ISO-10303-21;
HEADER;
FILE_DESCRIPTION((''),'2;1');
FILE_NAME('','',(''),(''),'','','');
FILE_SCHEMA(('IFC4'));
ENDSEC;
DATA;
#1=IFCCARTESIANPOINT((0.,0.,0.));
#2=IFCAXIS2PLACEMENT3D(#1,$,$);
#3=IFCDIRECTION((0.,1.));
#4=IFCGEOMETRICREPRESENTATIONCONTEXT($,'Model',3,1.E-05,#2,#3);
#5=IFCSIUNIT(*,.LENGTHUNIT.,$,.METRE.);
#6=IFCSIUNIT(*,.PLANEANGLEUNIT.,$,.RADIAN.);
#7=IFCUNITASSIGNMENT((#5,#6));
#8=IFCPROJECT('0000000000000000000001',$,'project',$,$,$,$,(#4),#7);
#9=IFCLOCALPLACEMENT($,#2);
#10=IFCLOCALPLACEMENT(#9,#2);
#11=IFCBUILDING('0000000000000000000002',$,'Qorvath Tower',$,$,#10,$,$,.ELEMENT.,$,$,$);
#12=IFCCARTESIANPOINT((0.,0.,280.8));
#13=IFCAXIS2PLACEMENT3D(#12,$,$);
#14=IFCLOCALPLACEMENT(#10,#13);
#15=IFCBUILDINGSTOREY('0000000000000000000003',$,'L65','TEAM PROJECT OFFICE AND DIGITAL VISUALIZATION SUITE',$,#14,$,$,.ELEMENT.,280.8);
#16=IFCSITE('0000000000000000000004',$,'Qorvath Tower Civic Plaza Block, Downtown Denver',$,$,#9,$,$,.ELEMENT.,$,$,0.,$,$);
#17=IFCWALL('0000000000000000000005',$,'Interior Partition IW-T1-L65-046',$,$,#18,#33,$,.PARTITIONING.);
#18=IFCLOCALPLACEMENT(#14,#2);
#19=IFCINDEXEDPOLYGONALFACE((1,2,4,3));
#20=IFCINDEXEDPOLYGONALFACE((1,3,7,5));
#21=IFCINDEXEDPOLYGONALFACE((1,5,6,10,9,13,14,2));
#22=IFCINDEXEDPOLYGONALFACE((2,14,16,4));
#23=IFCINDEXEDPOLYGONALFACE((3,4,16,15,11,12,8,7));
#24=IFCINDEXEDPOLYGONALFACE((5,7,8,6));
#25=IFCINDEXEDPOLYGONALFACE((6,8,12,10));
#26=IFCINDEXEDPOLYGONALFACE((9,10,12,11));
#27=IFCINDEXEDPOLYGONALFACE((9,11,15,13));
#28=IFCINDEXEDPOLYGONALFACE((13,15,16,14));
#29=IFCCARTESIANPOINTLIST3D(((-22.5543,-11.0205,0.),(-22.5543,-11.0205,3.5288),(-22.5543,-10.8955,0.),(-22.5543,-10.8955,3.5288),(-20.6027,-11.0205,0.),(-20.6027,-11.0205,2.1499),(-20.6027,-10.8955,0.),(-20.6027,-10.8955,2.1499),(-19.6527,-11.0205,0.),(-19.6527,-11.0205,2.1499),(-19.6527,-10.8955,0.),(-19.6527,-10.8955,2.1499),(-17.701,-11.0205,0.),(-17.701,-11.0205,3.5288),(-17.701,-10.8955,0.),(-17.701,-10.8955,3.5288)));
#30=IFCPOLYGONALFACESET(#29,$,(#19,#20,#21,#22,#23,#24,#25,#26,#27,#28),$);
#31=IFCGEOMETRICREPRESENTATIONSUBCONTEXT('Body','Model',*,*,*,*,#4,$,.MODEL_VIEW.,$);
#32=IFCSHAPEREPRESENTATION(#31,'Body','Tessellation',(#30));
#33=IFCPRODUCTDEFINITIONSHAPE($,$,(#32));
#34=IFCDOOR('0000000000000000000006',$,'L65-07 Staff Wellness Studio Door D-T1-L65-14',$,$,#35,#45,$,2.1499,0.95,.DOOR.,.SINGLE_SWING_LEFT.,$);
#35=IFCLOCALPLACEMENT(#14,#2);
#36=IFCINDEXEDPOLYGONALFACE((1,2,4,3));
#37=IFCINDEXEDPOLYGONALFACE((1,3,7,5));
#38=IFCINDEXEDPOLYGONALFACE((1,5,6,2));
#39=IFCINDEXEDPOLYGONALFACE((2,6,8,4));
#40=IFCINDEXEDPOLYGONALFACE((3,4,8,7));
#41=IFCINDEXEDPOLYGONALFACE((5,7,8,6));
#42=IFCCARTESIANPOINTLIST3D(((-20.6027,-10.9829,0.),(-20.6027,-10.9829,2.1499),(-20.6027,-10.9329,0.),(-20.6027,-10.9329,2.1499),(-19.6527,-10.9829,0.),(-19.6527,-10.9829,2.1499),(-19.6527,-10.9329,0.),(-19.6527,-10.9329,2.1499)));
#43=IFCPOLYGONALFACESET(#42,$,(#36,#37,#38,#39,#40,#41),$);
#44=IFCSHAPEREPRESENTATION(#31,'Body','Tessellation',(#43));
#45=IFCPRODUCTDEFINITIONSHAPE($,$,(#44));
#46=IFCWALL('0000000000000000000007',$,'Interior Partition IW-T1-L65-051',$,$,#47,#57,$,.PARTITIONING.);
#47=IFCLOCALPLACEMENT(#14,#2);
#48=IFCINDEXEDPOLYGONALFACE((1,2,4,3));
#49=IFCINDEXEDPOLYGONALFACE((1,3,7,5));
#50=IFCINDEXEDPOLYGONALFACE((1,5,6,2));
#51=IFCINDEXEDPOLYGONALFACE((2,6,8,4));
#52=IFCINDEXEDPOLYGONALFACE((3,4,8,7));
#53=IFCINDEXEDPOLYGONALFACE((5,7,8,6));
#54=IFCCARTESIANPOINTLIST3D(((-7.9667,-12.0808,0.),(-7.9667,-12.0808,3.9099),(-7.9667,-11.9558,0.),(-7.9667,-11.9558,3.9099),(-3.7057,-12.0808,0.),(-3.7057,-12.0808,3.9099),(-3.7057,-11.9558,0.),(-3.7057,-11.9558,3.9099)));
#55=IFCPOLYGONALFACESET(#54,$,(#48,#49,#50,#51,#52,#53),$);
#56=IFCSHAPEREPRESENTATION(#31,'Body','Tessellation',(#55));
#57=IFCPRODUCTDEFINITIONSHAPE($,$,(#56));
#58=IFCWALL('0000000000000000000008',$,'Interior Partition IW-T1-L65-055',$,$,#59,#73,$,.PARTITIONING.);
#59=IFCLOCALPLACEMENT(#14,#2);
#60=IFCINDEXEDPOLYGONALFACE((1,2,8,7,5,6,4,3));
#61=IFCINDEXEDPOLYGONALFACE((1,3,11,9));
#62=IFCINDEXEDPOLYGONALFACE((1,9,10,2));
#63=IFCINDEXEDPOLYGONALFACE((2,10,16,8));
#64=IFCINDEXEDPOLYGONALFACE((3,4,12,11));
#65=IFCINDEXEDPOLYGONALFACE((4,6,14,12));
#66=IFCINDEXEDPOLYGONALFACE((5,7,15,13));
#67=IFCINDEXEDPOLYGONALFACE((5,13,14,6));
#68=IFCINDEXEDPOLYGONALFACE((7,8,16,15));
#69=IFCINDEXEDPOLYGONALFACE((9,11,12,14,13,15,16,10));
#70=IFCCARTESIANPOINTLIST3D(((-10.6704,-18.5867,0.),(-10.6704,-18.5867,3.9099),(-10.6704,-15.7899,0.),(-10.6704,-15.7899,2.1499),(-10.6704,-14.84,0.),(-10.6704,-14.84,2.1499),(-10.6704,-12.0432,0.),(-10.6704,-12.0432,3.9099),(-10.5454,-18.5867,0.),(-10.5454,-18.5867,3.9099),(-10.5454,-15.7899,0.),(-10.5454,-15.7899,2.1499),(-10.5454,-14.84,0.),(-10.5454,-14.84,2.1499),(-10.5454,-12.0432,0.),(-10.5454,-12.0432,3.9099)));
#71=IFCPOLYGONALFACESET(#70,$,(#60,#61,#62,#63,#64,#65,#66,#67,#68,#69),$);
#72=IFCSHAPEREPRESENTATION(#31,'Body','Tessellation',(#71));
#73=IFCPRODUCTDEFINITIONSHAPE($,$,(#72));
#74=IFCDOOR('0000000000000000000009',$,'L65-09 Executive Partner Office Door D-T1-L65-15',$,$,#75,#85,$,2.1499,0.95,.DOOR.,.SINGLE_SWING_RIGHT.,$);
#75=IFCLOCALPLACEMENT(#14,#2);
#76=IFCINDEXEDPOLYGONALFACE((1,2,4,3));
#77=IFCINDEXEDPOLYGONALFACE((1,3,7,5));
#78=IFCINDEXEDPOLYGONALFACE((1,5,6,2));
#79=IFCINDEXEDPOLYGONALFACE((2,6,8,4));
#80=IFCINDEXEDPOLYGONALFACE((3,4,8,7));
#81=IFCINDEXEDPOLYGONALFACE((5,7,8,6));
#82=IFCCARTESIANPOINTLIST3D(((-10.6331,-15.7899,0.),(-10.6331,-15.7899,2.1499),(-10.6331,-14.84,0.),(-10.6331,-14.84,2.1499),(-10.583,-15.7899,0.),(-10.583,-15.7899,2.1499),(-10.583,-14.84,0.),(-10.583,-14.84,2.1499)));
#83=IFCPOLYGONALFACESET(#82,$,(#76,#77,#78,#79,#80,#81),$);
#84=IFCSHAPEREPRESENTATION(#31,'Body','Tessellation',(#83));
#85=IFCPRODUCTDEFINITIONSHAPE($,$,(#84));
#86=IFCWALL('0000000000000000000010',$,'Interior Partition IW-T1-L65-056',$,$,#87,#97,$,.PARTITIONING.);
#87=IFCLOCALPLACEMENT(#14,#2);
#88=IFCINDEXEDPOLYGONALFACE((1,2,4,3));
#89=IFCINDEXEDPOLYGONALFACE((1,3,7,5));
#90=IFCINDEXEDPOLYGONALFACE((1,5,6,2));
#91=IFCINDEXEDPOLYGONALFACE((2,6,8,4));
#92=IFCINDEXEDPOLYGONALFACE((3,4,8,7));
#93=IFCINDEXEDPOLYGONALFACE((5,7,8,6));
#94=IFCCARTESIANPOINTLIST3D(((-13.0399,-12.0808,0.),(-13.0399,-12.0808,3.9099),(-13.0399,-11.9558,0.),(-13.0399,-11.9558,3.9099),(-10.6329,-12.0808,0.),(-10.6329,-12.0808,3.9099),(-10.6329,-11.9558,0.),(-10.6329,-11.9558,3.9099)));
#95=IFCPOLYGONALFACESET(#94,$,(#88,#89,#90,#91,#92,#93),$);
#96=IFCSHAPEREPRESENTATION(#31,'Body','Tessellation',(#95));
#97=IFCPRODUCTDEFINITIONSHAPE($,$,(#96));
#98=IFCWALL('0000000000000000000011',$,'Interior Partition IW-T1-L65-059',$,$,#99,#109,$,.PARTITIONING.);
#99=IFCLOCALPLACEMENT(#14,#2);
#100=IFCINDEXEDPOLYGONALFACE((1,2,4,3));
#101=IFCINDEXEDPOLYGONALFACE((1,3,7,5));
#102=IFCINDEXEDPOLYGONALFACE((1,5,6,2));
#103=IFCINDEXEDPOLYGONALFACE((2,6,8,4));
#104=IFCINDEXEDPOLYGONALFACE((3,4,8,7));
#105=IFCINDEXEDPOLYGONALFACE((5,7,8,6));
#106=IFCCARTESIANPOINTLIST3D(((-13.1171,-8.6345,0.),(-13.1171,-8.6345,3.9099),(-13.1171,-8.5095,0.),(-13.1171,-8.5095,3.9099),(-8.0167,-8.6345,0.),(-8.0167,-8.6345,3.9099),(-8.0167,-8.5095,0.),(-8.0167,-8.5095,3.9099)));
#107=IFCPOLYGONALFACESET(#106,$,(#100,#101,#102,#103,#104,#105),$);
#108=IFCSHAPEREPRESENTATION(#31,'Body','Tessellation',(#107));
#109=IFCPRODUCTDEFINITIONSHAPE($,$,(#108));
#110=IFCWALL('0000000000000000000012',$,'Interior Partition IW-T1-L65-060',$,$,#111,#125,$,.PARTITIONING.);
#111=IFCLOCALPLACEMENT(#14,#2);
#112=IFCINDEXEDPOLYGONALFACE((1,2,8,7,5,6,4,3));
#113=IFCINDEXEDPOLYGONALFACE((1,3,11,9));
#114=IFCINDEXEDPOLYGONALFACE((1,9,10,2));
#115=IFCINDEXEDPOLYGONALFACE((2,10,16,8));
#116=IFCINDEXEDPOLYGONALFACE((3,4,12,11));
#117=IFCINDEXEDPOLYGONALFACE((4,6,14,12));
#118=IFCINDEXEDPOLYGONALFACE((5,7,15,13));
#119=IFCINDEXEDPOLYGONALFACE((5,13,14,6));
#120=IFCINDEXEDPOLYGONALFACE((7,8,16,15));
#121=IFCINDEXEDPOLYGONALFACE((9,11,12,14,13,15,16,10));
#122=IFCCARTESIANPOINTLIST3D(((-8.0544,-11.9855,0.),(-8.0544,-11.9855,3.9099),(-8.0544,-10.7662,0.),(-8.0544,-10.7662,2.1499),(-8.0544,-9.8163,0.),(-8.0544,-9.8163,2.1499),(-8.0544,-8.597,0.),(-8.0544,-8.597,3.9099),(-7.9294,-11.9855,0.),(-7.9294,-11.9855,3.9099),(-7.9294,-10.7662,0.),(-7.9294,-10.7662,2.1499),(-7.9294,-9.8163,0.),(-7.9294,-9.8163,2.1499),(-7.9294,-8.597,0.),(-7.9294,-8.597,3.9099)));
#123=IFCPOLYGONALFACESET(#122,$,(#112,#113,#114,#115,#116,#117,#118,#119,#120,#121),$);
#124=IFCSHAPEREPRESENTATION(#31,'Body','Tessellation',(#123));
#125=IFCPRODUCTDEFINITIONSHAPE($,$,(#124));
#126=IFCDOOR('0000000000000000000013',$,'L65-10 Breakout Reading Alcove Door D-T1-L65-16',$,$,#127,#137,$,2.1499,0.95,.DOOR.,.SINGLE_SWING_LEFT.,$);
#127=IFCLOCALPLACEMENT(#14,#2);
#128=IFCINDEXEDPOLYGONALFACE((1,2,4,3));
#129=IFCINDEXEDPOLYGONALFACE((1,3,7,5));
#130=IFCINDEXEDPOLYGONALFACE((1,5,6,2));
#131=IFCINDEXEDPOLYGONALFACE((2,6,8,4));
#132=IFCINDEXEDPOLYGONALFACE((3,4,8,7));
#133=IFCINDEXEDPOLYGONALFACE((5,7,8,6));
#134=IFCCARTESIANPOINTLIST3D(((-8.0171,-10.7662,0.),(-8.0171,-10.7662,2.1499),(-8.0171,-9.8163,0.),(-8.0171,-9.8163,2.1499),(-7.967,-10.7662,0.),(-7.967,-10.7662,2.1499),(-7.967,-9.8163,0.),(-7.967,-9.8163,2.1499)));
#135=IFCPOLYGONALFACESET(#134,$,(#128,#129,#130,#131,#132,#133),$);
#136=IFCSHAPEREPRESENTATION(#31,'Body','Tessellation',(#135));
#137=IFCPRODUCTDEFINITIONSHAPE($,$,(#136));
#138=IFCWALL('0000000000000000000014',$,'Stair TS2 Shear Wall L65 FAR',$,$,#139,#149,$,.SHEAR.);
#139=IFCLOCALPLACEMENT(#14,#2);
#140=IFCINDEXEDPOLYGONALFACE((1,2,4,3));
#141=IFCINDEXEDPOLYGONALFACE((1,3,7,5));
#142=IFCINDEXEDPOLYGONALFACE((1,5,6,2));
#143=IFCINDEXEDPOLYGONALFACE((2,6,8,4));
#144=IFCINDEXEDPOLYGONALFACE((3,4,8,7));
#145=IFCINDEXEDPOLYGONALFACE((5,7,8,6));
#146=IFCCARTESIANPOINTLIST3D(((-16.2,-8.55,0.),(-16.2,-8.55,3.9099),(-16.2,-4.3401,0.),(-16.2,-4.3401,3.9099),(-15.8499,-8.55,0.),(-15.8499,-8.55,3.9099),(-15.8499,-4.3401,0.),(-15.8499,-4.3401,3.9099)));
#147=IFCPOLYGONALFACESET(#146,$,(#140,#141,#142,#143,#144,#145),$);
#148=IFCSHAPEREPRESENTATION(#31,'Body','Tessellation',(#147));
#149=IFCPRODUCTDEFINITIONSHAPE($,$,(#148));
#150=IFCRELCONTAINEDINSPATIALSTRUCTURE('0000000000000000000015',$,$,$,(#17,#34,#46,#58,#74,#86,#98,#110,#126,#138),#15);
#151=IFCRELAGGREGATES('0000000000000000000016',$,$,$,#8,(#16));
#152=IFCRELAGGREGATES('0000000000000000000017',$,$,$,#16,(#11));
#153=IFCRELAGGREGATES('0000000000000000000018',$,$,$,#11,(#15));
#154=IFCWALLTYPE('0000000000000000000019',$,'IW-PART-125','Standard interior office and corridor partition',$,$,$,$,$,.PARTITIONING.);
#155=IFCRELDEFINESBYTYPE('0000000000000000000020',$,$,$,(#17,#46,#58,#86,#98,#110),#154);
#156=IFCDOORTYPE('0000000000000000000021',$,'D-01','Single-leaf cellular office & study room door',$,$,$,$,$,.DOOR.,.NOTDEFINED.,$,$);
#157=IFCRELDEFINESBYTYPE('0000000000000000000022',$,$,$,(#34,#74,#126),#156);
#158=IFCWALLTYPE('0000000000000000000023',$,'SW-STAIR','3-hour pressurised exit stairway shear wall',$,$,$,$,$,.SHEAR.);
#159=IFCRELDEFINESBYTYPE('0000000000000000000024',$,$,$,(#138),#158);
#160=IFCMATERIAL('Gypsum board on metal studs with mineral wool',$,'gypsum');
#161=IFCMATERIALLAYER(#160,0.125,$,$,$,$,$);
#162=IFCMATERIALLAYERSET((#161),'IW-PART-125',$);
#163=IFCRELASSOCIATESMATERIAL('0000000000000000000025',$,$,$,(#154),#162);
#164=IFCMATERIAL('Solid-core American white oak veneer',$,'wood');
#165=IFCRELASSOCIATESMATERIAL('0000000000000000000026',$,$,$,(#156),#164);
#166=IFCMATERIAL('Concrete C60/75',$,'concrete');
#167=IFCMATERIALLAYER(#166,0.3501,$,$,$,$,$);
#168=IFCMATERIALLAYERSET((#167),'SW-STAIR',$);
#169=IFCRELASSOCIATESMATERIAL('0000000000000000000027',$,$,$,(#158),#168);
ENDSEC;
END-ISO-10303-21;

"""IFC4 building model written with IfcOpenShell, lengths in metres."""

from ifc_helpers import new_model, si_unit, direction, frame, frame_2d, origin, place, context, subcontext, project, spatial, rectangle, extrude, material, layer, layer_set, type_object, element, fill, save


model = new_model("IFC4")

# Units and contexts
model_context = context("Model", 3, precision=1e-05, world=origin(), true_north=direction((0.0, 1.0)))
body_context = subcontext(model_context, "Body", "Model", "MODEL_VIEW")
ifc_project = project(units=[si_unit("LENGTHUNIT", "METRE"), si_unit("PLANEANGLEUNIT", "RADIAN")], contexts=[model_context])

# Site, building, storey
site_placement = place(None, origin())
site = spatial("IfcSite", under=ifc_project, at=site_placement, Name="Qorvath Tower Civic Plaza Block, Downtown Denver", CompositionType="ELEMENT", RefElevation=0.0)
building_placement = place(site_placement, origin())
building = spatial("IfcBuilding", under=site, at=building_placement, Name="Qorvath Tower", CompositionType="ELEMENT")
storey_placement = place(building_placement, frame((0.0, 0.0, 280.8)))
storey = spatial("IfcBuildingStorey", under=building, at=storey_placement, Name="L65", Description="TEAM PROJECT OFFICE AND DIGITAL VISUALIZATION SUITE", CompositionType="ELEMENT", Elevation=280.8)

# Wall, opening, door
ifc_material_1 = material(Name="Gypsum board on metal studs with mineral wool", Category="gypsum")
ifc_layer_1 = layer(ifc_material_1, 0.125)
ifc_layer_set_1 = layer_set([ifc_layer_1], Name="IW-PART-125")
wall_type_1 = type_object("IfcWallType", Name="IW-PART-125", Description="Standard interior office and corridor partition", PredefinedType="PARTITIONING", material=ifc_layer_set_1)
wall_1_placement = place(storey_placement, frame((-17.7009, -10.958, 0.0), z_axis=(0.0, 0.0, 1.0), x_axis=(-1.0, 0.0, 0.0)))
wall_1 = element("IfcWall", 1, at=wall_1_placement, inside=storey, type_object=wall_type_1, Name="Interior Partition IW-T1-L65-046", PredefinedType="PARTITIONING", context=body_context, shape_type="SweptSolid", body=[
    extrude(rectangle(XDim=4.8533, YDim=0.125, at=frame_2d((2.4268, 0.0))), origin(), (0.0, 0.0, 1.0), 3.5288),
])
opening_1_placement = place(wall_1_placement, frame((1.9517, 0.0, 0.0)))
opening_1 = element("IfcOpeningElement", 2, at=opening_1_placement, cuts=wall_1, PredefinedType="OPENING", context=body_context, shape_type="SweptSolid", body=[
    extrude(rectangle(XDim=0.95, YDim=2.1499, at=frame_2d((0.4751, 1.075))), frame((0.0, 0.0725, 0.0), z_axis=(0.0, -1.0, 0.0), x_axis=(1.0, 0.0, 0.0)), (0.0, 0.0, 1.0), 0.145),
])
ifc_material_2 = material(Name="Solid-core American white oak veneer", Category="wood")
door_type = type_object("IfcDoorType", Name="D-01", Description="Single-leaf cellular office & study room door", OperationType="NOTDEFINED", PredefinedType="DOOR", material=ifc_material_2)
door_1_placement = place(opening_1_placement, origin())
door_1 = element("IfcDoor", 3, at=door_1_placement, inside=storey, type_object=door_type, Name="L65-07 Staff Wellness Studio Door D-T1-L65-14", OperationType="SINGLE_SWING_LEFT", OverallHeight=2.1499, OverallWidth=0.95, PredefinedType="DOOR", context=body_context, shape_type="SweptSolid", body=[
    extrude(rectangle(XDim=0.95, YDim=2.1499, at=frame_2d((0.4751, 1.075))), frame((0.0, 0.0249, 0.0), z_axis=(0.0, -1.0, 0.0), x_axis=(1.0, 0.0, 0.0)), (0.0, 0.0, 1.0), 0.05),
])
fill(opening_1, door_1)

# Wall
wall_2_placement = place(storey_placement, frame((-3.7058, -12.0183, 0.0), z_axis=(0.0, 0.0, 1.0), x_axis=(-1.0, 0.0, 0.0)))
element("IfcWall", 4, at=wall_2_placement, inside=storey, type_object=wall_type_1, Name="Interior Partition IW-T1-L65-051", PredefinedType="PARTITIONING", context=body_context, shape_type="SweptSolid", body=[
    extrude(rectangle(XDim=4.261, YDim=0.125, at=frame_2d((2.1304, 0.0))), origin(), (0.0, 0.0, 1.0), 3.9099),
])

# Wall, opening, door
wall_3_placement = place(storey_placement, frame((-10.6079, -12.0432, 0.0), z_axis=(0.0, 0.0, 1.0), x_axis=(0.0, -1.0, 0.0)))
wall_3 = element("IfcWall", 5, at=wall_3_placement, inside=storey, type_object=wall_type_1, Name="Interior Partition IW-T1-L65-055", PredefinedType="PARTITIONING", context=body_context, shape_type="SweptSolid", body=[
    extrude(rectangle(XDim=6.5435, YDim=0.125, at=frame_2d((3.2717, 0.0))), origin(), (0.0, 0.0, 1.0), 3.9099),
])
opening_2_placement = place(wall_3_placement, frame((2.7966, 0.0, 0.0)))
opening_2 = element("IfcOpeningElement", 6, at=opening_2_placement, cuts=wall_3, PredefinedType="OPENING", context=body_context, shape_type="SweptSolid", body=[
    extrude(rectangle(XDim=0.95, YDim=2.1499, at=frame_2d((0.4751, 1.075))), frame((0.0, 0.0725, 0.0), z_axis=(0.0, -1.0, 0.0), x_axis=(1.0, 0.0, 0.0)), (0.0, 0.0, 1.0), 0.145),
])
door_2_placement = place(opening_2_placement, origin())
door_2 = element("IfcDoor", 7, at=door_2_placement, inside=storey, type_object=door_type, Name="L65-09 Executive Partner Office Door D-T1-L65-15", OperationType="SINGLE_SWING_RIGHT", OverallHeight=2.1499, OverallWidth=0.95, PredefinedType="DOOR", context=body_context, shape_type="SweptSolid", body=[
    extrude(rectangle(XDim=0.95, YDim=2.1499, at=frame_2d((0.4751, 1.075))), frame((0.0, 0.0249, 0.0), z_axis=(0.0, -1.0, 0.0), x_axis=(1.0, 0.0, 0.0)), (0.0, 0.0, 1.0), 0.05),
])
fill(opening_2, door_2)

# Walls
wall_4_placement = place(storey_placement, frame((-10.6328, -12.0183, 0.0), z_axis=(0.0, 0.0, 1.0), x_axis=(-1.0, 0.0, 0.0)))
element("IfcWall", 8, at=wall_4_placement, inside=storey, type_object=wall_type_1, Name="Interior Partition IW-T1-L65-056", PredefinedType="PARTITIONING", context=body_context, shape_type="SweptSolid", body=[
    extrude(rectangle(XDim=2.407, YDim=0.125, at=frame_2d((1.2036, 0.0))), origin(), (0.0, 0.0, 1.0), 3.9099),
])
wall_5_placement = place(storey_placement, frame((-13.1172, -8.572, 0.0), z_axis=(0.0, 0.0, 1.0), x_axis=(1.0, 0.0, 0.0)))
element("IfcWall", 9, at=wall_5_placement, inside=storey, type_object=wall_type_1, Name="Interior Partition IW-T1-L65-059", PredefinedType="PARTITIONING", context=body_context, shape_type="SweptSolid", body=[
    extrude(rectangle(XDim=5.1003, YDim=0.125, at=frame_2d((2.5503, 0.0))), origin(), (0.0, 0.0, 1.0), 3.9099),
])

# Wall, opening, door
wall_6_placement = place(storey_placement, frame((-7.9919, -8.5969, 0.0), z_axis=(0.0, 0.0, 1.0), x_axis=(0.0, -1.0, 0.0)))
wall_6 = element("IfcWall", 10, at=wall_6_placement, inside=storey, type_object=wall_type_1, Name="Interior Partition IW-T1-L65-060", PredefinedType="PARTITIONING", context=body_context, shape_type="SweptSolid", body=[
    extrude(rectangle(XDim=3.3884, YDim=0.125, at=frame_2d((1.6943, 0.0))), origin(), (0.0, 0.0, 1.0), 3.9099),
])
opening_3_placement = place(wall_6_placement, frame((1.2192, 0.0, 0.0)))
opening_3 = element("IfcOpeningElement", 11, at=opening_3_placement, cuts=wall_6, PredefinedType="OPENING", context=body_context, shape_type="SweptSolid", body=[
    extrude(rectangle(XDim=0.95, YDim=2.1499, at=frame_2d((0.4751, 1.075))), frame((0.0, 0.0725, 0.0), z_axis=(0.0, -1.0, 0.0), x_axis=(1.0, 0.0, 0.0)), (0.0, 0.0, 1.0), 0.145),
])
door_3_placement = place(opening_3_placement, origin())
door_3 = element("IfcDoor", 12, at=door_3_placement, inside=storey, type_object=door_type, Name="L65-10 Breakout Reading Alcove Door D-T1-L65-16", OperationType="SINGLE_SWING_LEFT", OverallHeight=2.1499, OverallWidth=0.95, PredefinedType="DOOR", context=body_context, shape_type="SweptSolid", body=[
    extrude(rectangle(XDim=0.95, YDim=2.1499, at=frame_2d((0.4751, 1.075))), frame((0.0, 0.0249, 0.0), z_axis=(0.0, -1.0, 0.0), x_axis=(1.0, 0.0, 0.0)), (0.0, 0.0, 1.0), 0.05),
])
fill(opening_3, door_3)

# Wall
ifc_material_3 = material(Name="Concrete C60/75", Category="concrete")
ifc_layer_2 = layer(ifc_material_3, 0.3501)
ifc_layer_set_2 = layer_set([ifc_layer_2], Name="SW-STAIR")
wall_type_2 = type_object("IfcWallType", Name="SW-STAIR", Description="3-hour pressurised exit stairway shear wall", PredefinedType="SHEAR", material=ifc_layer_set_2)
wall_7_placement = place(storey_placement, frame((-16.0249, -8.55, 0.0), z_axis=(0.0, 0.0, 1.0), x_axis=(0.0, 1.0, 0.0)))
element("IfcWall", 13, at=wall_7_placement, inside=storey, type_object=wall_type_2, Name="Stair TS2 Shear Wall L65 FAR", PredefinedType="SHEAR", context=body_context, shape_type="SweptSolid", body=[
    extrude(rectangle(XDim=4.21, YDim=0.3501, at=frame_2d((2.105, 0.0))), origin(), (0.0, 0.0, 1.0), 3.9099),
])

save(model, "model.ifc")
